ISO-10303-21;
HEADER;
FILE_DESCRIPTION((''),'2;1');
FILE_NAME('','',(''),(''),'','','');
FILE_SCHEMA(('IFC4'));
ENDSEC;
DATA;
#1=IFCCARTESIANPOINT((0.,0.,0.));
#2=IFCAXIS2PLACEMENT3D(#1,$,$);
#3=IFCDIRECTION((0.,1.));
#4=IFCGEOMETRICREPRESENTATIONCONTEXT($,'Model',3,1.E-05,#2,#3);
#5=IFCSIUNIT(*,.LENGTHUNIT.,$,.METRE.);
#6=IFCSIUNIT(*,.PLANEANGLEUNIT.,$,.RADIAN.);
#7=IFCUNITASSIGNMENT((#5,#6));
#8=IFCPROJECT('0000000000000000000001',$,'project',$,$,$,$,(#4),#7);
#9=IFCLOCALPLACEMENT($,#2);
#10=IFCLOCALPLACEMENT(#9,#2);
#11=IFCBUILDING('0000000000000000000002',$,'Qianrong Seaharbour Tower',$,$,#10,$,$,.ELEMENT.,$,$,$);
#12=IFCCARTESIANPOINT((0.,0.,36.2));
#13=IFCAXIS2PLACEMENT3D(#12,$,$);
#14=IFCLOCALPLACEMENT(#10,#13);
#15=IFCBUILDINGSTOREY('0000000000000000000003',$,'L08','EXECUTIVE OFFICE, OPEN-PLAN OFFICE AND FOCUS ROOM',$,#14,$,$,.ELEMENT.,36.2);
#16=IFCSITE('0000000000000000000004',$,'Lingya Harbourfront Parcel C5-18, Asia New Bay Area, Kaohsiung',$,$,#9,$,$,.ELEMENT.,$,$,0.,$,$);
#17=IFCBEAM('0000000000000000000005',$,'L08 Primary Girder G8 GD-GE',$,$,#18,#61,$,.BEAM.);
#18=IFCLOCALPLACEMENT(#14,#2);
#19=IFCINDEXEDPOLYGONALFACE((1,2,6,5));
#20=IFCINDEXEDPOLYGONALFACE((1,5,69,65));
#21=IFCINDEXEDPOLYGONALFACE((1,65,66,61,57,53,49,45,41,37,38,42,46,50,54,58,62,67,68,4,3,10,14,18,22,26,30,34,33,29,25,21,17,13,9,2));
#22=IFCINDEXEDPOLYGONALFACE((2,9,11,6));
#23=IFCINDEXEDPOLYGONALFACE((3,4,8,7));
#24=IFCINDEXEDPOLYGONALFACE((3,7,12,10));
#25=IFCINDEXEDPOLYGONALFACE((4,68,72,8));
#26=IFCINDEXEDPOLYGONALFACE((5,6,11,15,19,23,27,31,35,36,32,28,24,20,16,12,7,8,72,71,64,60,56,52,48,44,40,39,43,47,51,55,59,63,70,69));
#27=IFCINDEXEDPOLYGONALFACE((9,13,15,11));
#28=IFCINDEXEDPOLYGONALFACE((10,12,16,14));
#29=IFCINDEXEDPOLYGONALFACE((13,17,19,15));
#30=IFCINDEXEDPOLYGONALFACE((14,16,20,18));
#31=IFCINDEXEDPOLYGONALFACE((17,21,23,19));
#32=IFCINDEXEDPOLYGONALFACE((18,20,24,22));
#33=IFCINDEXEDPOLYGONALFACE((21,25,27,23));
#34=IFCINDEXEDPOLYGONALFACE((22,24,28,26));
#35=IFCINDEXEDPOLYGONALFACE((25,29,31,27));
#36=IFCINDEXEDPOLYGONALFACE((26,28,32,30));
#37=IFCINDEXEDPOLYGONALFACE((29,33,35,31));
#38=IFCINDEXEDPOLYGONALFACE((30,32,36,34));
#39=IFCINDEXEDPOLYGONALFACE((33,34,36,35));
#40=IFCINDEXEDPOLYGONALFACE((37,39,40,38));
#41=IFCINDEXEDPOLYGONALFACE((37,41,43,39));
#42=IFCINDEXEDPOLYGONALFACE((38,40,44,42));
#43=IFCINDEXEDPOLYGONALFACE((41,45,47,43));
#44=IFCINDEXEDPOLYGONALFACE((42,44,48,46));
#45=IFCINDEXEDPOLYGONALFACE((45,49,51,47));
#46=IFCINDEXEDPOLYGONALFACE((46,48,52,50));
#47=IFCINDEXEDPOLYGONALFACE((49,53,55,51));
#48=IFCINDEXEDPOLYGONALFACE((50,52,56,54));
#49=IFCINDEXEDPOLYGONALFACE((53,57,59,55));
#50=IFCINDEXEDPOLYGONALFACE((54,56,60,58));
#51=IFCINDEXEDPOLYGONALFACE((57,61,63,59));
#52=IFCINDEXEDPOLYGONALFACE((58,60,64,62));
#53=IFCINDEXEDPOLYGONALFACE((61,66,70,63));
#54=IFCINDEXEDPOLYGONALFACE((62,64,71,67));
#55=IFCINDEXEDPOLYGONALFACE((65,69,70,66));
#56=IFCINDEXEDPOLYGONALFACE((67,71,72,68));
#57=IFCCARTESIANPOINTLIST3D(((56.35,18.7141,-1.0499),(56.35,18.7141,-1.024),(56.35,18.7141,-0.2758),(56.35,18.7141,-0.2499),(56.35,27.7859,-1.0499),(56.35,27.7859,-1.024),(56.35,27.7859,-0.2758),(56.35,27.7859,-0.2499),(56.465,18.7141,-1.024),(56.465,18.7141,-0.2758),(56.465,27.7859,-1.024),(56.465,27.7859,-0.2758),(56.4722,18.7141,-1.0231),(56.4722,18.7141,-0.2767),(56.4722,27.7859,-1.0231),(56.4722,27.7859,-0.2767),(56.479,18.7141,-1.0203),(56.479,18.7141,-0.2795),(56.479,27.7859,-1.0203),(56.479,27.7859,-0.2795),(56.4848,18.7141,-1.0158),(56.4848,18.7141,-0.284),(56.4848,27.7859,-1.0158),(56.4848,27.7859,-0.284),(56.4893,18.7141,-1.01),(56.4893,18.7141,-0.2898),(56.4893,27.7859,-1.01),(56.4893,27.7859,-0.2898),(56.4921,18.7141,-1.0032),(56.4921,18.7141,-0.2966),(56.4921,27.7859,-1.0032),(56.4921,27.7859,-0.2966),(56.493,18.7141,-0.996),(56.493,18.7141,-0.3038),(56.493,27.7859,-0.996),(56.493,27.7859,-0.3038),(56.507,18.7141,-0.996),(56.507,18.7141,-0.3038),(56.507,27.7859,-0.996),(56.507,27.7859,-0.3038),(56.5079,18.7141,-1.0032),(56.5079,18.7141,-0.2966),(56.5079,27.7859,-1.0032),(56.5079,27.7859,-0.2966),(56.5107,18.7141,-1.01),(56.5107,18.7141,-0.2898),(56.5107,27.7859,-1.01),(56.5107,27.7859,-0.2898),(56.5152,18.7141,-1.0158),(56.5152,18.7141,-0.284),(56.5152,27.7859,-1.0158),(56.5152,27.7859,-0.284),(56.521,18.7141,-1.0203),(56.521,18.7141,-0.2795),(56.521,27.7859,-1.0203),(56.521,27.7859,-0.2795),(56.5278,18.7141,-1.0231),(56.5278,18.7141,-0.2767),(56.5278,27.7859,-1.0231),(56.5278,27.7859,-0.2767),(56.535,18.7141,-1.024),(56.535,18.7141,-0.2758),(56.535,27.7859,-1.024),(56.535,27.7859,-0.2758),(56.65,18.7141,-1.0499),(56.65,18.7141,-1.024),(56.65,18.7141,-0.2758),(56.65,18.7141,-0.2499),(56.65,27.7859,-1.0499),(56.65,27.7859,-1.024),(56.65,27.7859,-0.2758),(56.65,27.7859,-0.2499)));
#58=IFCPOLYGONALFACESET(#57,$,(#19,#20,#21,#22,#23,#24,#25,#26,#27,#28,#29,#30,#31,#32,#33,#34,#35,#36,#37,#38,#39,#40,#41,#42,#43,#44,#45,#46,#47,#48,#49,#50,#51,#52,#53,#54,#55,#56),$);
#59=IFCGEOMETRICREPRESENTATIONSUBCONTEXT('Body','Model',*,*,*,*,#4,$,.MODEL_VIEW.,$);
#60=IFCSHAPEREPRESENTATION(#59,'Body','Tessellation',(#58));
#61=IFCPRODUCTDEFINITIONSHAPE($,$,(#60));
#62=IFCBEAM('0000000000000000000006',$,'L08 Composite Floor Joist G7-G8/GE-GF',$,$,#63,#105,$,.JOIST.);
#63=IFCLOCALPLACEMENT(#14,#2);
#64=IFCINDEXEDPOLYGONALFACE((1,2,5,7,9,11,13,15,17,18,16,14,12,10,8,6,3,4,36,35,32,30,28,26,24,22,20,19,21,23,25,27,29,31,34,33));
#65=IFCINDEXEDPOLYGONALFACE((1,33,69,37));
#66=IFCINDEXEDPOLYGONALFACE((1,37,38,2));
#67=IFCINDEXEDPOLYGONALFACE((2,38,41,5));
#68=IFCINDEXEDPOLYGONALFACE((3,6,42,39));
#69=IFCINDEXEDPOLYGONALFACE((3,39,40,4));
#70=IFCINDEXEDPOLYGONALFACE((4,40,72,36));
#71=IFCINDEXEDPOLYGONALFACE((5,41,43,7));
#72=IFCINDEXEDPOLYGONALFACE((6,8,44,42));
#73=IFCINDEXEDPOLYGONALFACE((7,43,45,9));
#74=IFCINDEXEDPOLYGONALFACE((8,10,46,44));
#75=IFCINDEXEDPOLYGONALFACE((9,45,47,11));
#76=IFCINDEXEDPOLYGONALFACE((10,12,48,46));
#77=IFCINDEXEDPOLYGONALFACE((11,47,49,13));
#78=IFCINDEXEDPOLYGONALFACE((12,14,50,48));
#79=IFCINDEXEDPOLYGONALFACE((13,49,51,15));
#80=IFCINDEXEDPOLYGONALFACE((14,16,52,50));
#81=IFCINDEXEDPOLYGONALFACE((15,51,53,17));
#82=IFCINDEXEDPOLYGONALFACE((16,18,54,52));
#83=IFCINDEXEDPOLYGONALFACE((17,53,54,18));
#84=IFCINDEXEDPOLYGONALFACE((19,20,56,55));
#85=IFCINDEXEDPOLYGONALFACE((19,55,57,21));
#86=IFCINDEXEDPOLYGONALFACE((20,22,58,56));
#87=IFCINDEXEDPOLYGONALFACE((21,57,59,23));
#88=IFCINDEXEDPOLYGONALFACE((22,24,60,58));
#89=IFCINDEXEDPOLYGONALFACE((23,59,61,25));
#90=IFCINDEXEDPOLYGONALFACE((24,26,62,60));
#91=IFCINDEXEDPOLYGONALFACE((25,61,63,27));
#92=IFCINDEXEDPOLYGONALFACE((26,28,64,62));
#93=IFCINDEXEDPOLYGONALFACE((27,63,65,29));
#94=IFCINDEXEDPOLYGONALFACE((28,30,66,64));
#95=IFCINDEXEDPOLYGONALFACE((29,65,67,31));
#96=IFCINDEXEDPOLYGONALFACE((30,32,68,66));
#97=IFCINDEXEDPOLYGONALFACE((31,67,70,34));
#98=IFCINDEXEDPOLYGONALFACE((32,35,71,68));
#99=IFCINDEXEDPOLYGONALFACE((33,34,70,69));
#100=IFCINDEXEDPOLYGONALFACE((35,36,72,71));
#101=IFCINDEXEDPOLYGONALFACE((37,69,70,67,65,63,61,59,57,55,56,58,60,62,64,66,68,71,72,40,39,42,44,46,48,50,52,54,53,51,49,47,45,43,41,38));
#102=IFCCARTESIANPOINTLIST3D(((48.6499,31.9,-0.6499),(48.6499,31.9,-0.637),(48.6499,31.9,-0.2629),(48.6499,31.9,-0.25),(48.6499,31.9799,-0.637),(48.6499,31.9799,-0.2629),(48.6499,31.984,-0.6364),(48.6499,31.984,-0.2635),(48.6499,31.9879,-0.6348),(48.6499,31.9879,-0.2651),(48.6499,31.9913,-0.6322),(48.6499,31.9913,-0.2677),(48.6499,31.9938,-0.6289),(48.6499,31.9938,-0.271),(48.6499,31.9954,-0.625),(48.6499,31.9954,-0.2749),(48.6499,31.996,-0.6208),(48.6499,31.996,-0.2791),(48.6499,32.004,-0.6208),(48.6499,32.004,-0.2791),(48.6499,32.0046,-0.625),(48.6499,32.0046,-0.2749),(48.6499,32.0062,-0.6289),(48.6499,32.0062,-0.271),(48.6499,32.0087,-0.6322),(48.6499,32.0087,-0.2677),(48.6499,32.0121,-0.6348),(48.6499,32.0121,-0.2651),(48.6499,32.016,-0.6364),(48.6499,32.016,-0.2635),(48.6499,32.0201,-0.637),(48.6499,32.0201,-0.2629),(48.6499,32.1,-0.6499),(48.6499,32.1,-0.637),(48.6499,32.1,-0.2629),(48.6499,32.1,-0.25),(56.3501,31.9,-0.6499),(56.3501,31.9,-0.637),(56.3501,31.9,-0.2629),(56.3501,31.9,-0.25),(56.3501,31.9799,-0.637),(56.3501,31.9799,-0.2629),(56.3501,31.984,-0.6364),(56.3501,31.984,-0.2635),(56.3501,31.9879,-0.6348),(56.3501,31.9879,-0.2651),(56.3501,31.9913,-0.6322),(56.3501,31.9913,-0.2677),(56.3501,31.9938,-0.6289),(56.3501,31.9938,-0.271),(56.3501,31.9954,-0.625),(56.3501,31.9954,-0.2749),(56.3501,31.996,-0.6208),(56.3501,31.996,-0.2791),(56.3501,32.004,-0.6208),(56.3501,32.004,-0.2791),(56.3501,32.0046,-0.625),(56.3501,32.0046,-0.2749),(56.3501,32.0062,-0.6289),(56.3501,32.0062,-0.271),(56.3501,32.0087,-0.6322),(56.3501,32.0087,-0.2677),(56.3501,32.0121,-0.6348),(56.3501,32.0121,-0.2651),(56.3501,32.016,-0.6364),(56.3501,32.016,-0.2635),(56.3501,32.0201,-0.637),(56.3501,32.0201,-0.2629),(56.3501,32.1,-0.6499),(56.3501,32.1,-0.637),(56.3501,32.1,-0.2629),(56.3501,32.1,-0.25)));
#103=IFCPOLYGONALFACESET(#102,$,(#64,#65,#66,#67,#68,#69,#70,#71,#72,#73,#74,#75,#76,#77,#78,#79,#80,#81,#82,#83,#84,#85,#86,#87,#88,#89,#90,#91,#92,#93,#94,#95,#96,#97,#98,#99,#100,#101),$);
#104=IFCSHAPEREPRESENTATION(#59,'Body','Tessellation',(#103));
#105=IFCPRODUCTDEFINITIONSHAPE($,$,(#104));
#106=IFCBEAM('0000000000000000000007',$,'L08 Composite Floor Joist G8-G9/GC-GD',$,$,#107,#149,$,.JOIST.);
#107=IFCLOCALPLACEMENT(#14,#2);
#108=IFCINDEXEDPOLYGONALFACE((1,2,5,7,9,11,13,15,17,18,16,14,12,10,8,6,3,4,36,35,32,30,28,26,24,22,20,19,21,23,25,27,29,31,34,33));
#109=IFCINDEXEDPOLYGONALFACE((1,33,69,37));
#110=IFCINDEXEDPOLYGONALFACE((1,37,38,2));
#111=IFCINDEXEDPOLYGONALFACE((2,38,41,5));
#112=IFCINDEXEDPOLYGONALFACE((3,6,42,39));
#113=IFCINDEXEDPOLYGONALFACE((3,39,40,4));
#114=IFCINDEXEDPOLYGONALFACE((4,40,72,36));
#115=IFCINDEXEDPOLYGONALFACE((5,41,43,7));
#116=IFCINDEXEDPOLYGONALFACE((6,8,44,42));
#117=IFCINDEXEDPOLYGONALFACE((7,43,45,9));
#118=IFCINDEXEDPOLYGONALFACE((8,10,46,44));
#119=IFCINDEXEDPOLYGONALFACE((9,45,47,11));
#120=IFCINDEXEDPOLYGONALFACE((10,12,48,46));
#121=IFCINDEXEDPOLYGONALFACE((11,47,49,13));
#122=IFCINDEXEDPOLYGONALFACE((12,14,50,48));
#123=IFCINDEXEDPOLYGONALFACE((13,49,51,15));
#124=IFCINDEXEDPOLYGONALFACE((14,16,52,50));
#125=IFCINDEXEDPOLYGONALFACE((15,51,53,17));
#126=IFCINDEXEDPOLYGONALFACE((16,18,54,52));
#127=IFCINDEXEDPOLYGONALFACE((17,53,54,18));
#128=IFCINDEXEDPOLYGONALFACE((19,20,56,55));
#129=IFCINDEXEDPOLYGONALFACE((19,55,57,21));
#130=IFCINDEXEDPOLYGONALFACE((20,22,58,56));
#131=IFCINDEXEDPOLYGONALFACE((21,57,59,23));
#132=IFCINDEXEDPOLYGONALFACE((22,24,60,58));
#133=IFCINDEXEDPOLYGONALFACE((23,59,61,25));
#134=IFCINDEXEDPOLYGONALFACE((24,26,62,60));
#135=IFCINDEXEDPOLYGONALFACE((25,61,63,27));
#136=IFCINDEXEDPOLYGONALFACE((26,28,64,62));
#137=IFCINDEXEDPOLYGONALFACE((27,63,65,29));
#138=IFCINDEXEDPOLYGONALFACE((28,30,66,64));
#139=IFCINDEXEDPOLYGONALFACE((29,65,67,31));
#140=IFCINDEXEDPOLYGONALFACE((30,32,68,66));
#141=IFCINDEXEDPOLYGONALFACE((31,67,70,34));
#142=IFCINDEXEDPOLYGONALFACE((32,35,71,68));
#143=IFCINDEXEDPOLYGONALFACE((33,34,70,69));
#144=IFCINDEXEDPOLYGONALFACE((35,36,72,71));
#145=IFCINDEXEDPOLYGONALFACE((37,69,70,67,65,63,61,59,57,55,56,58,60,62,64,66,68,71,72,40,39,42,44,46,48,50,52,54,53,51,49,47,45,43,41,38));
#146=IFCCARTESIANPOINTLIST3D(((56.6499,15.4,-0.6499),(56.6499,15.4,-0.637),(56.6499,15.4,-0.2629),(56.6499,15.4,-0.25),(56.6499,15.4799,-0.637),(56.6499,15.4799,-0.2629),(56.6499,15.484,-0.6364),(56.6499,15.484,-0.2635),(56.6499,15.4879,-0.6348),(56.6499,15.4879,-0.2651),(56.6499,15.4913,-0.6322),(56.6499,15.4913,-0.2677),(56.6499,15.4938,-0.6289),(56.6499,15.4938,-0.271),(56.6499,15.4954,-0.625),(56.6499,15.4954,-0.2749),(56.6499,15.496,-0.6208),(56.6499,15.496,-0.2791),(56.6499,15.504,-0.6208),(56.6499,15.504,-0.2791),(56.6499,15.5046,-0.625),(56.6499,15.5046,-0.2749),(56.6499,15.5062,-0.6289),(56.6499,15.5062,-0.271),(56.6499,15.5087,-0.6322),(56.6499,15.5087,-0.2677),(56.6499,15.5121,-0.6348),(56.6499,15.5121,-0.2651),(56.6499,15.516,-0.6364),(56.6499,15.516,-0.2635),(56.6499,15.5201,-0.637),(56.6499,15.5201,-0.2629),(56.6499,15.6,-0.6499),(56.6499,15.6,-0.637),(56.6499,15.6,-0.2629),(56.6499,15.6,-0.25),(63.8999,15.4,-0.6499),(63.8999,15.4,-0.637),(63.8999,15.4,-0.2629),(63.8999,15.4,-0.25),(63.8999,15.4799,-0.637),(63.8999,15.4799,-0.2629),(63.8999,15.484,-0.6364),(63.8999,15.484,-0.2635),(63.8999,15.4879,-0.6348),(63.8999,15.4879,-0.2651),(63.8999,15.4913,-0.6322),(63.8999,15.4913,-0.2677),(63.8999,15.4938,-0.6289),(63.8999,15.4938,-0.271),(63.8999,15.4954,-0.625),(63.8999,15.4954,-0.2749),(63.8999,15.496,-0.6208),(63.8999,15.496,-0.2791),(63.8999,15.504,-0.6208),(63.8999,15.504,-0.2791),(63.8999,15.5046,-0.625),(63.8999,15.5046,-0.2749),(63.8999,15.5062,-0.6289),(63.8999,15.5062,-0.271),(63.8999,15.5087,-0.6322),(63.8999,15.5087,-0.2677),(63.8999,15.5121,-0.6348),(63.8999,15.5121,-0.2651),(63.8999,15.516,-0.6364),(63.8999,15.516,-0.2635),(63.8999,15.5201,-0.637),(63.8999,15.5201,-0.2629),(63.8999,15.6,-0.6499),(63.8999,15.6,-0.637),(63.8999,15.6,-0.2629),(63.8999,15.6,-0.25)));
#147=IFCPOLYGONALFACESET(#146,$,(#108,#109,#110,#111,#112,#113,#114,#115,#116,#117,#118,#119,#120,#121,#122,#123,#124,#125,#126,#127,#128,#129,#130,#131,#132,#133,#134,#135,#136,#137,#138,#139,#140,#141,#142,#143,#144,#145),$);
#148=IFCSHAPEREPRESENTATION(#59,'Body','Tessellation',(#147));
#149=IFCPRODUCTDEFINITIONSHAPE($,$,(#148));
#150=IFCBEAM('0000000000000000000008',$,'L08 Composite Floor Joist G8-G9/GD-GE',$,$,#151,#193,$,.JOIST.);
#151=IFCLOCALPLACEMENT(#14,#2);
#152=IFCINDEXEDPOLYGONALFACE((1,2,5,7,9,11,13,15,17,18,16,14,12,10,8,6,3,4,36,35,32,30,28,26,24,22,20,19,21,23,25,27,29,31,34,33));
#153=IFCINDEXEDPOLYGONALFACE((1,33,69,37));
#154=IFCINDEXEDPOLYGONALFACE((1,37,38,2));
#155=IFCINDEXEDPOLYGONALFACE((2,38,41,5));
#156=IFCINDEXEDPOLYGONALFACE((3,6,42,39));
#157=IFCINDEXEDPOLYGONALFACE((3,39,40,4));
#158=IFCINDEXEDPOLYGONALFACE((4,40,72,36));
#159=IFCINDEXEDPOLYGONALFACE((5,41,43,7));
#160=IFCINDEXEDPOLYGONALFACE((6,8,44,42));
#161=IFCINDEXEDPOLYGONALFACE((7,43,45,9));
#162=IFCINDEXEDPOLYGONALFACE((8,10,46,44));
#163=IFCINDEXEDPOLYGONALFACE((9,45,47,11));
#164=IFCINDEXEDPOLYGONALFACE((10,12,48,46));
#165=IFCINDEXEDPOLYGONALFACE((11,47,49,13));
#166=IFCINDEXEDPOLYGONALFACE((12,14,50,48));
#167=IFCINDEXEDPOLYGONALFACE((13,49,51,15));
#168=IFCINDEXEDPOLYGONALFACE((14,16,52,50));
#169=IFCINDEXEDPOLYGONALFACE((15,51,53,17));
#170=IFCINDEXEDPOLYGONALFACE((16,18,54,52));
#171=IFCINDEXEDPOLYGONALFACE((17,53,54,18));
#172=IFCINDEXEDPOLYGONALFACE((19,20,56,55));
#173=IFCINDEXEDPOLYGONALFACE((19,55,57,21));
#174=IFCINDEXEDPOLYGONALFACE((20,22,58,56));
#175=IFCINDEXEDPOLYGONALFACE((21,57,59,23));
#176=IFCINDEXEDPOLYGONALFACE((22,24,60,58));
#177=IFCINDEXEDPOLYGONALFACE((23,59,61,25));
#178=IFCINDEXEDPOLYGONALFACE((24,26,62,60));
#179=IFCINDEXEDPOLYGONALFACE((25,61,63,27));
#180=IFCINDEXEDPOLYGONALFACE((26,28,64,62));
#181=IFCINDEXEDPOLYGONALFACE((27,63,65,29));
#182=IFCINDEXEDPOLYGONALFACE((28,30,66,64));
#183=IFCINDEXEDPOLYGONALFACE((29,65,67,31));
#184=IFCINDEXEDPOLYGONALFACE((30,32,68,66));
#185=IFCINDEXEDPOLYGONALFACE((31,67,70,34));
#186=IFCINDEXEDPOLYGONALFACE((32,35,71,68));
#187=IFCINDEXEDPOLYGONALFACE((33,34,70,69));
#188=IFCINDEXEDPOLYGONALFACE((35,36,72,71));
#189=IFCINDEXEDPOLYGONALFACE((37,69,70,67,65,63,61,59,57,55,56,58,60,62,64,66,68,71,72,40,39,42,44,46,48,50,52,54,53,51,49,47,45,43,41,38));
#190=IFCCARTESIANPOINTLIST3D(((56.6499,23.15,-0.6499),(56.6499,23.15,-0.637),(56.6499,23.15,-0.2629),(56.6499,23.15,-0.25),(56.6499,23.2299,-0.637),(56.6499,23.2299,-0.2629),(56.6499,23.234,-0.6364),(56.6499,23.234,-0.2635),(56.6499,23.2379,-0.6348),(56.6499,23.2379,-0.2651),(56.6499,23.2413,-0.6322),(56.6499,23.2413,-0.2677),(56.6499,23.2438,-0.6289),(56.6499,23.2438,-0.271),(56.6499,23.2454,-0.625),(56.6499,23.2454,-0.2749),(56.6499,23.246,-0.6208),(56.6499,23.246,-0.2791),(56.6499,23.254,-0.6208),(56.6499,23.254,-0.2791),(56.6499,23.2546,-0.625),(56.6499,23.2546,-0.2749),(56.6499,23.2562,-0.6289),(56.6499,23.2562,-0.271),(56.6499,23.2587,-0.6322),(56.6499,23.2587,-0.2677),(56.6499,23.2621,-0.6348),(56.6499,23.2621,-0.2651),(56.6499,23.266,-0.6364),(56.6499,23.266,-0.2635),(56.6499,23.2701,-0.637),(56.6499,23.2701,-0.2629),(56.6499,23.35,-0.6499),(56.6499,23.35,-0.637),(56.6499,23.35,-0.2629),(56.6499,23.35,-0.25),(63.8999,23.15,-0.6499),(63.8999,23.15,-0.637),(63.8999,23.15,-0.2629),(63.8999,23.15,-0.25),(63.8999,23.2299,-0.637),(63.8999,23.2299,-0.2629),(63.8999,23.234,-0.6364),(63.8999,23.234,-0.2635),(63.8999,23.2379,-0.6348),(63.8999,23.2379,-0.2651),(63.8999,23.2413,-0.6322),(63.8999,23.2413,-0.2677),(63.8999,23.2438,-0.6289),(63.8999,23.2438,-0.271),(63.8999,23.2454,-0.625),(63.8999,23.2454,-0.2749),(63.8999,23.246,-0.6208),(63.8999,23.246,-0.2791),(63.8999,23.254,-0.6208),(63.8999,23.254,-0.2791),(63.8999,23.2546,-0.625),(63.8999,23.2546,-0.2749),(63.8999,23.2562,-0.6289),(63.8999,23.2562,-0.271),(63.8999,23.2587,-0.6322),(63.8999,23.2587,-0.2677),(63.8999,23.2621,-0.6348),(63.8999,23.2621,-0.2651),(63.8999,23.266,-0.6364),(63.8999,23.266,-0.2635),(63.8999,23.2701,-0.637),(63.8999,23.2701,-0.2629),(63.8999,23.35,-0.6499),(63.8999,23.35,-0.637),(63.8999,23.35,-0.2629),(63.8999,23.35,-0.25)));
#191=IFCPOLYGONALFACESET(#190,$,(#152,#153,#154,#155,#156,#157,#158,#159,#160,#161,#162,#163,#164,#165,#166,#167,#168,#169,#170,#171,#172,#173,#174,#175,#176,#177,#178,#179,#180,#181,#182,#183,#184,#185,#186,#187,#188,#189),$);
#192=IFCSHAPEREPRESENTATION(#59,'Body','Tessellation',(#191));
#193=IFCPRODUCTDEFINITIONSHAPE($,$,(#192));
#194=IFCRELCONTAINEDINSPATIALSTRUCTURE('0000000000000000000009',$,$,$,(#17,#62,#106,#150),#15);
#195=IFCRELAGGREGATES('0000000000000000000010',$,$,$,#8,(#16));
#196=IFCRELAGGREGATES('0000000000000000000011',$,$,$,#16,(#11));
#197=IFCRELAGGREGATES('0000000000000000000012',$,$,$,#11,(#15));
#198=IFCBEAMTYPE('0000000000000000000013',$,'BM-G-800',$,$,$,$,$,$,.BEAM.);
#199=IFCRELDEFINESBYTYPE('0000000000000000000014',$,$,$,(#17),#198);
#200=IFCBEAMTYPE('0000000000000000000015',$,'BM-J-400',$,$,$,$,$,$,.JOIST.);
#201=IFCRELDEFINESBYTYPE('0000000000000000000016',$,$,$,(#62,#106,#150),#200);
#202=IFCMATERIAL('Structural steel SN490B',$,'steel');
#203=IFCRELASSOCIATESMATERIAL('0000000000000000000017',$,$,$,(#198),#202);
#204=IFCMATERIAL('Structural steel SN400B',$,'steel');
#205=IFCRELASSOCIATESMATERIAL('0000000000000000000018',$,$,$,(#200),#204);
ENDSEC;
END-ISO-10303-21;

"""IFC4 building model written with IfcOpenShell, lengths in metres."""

from ifc_helpers import new_model, si_unit, direction, frame, origin, origin_2d, place, context, subcontext, project, spatial, i_section, extrude, material, material_profile, profile_set, type_object, element, save


model = new_model("IFC4")

# Units and contexts
model_context = context("Model", 3, precision=1e-05, world=origin(), true_north=direction((0.0, 1.0)))
body_context = subcontext(model_context, "Body", "Model", "MODEL_VIEW")
ifc_project = project(units=[si_unit("LENGTHUNIT", "METRE"), si_unit("PLANEANGLEUNIT", "RADIAN")], contexts=[model_context])

# Site, building, storey
site_placement = place(None, origin())
site = spatial("IfcSite", under=ifc_project, at=site_placement, Name="Lingya Harbourfront Parcel C5-18, Asia New Bay Area, Kaohsiung", CompositionType="ELEMENT", RefElevation=0.0)
building_placement = place(site_placement, origin())
building = spatial("IfcBuilding", under=site, at=building_placement, Name="Qianrong Seaharbour Tower", CompositionType="ELEMENT")
storey_placement = place(building_placement, frame((0.0, 0.0, 36.2)))
storey = spatial("IfcBuildingStorey", under=building, at=storey_placement, Name="L08", Description="EXECUTIVE OFFICE, OPEN-PLAN OFFICE AND FOCUS ROOM", CompositionType="ELEMENT", Elevation=36.2)

# Shared definitions
ifc_material_1 = material(Name="Structural steel SN490B", Category="steel")

# Beams
ifc_material_profile_1 = material_profile(ifc_material_1, i_section(OverallWidth=0.3, OverallDepth=0.8, WebThickness=0.0139, FlangeThickness=0.0259, FilletRadius=0.0281, at=origin_2d()), Name="H800x300x14x26")
ifc_profile_set_1 = profile_set([ifc_material_profile_1], Name="Structural steel SN490B")
beam_type_1 = type_object("IfcBeamType", Name="BM-G-800", PredefinedType="BEAM", material=ifc_profile_set_1)
beam_1_placement = place(storey_placement, frame((56.5, 18.7141, -0.6499), z_axis=(0.0, 1.0, 0.0), x_axis=(-1.0, 0.0, 0.0)))
element("IfcBeam", 1, at=beam_1_placement, inside=storey, type_object=beam_type_1, Name="L08 Primary Girder G8 GD-GE", PredefinedType="BEAM", context=body_context, shape_type="SweptSolid", body=[
    extrude(i_section(OverallWidth=0.3, OverallDepth=0.8, WebThickness=0.0139, FlangeThickness=0.0259, FilletRadius=0.0281, at=origin_2d()), origin(), (0.0, 0.0, 1.0), 9.0718),
])
ifc_material_2 = material(Name="Structural steel SN400B", Category="steel")
ifc_material_profile_2 = material_profile(ifc_material_2, i_section(OverallWidth=0.2, OverallDepth=0.3999, WebThickness=0.0081, FlangeThickness=0.0129, FilletRadius=0.0161, at=origin_2d()), Name="H400x200x8x13")
ifc_profile_set_2 = profile_set([ifc_material_profile_2], Name="Structural steel SN400B")
beam_type_2 = type_object("IfcBeamType", Name="BM-J-400", PredefinedType="JOIST", material=ifc_profile_set_2)
beam_2_placement = place(storey_placement, frame((48.6499, 32.0, -0.45), z_axis=(1.0, 0.0, 0.0), x_axis=(0.0, 1.0, 0.0)))
element("IfcBeam", 2, at=beam_2_placement, inside=storey, type_object=beam_type_2, Name="L08 Composite Floor Joist G7-G8/GE-GF", PredefinedType="JOIST", context=body_context, shape_type="SweptSolid", body=[
    extrude(i_section(OverallWidth=0.2, OverallDepth=0.3999, WebThickness=0.0081, FlangeThickness=0.0129, FilletRadius=0.0161, at=origin_2d()), origin(), (0.0, 0.0, 1.0), 7.7002),
])
for number, where, z_axis, x_axis, name in (
    (3, (56.6499, 15.5, -0.45), (1.0, 0.0, 0.0), (0.0, 1.0, 0.0), "L08 Composite Floor Joist G8-G9/GC-GD"),
    (4, (56.6499, 23.25, -0.45), (1.0, 0.0, 0.0), (0.0, 1.0, 0.0), "L08 Composite Floor Joist G8-G9/GD-GE"),
):
    element("IfcBeam", number, at=place(storey_placement, frame(where, z_axis=z_axis, x_axis=x_axis)), inside=storey, type_object=beam_type_2, Name=name, PredefinedType="JOIST", context=body_context, shape_type="SweptSolid", body=[
        extrude(i_section(OverallWidth=0.2, OverallDepth=0.3999, WebThickness=0.0081, FlangeThickness=0.0129, FilletRadius=0.0161, at=origin_2d()), origin(), (0.0, 0.0, 1.0), 7.25),
    ])

save(model, "model.ifc")
